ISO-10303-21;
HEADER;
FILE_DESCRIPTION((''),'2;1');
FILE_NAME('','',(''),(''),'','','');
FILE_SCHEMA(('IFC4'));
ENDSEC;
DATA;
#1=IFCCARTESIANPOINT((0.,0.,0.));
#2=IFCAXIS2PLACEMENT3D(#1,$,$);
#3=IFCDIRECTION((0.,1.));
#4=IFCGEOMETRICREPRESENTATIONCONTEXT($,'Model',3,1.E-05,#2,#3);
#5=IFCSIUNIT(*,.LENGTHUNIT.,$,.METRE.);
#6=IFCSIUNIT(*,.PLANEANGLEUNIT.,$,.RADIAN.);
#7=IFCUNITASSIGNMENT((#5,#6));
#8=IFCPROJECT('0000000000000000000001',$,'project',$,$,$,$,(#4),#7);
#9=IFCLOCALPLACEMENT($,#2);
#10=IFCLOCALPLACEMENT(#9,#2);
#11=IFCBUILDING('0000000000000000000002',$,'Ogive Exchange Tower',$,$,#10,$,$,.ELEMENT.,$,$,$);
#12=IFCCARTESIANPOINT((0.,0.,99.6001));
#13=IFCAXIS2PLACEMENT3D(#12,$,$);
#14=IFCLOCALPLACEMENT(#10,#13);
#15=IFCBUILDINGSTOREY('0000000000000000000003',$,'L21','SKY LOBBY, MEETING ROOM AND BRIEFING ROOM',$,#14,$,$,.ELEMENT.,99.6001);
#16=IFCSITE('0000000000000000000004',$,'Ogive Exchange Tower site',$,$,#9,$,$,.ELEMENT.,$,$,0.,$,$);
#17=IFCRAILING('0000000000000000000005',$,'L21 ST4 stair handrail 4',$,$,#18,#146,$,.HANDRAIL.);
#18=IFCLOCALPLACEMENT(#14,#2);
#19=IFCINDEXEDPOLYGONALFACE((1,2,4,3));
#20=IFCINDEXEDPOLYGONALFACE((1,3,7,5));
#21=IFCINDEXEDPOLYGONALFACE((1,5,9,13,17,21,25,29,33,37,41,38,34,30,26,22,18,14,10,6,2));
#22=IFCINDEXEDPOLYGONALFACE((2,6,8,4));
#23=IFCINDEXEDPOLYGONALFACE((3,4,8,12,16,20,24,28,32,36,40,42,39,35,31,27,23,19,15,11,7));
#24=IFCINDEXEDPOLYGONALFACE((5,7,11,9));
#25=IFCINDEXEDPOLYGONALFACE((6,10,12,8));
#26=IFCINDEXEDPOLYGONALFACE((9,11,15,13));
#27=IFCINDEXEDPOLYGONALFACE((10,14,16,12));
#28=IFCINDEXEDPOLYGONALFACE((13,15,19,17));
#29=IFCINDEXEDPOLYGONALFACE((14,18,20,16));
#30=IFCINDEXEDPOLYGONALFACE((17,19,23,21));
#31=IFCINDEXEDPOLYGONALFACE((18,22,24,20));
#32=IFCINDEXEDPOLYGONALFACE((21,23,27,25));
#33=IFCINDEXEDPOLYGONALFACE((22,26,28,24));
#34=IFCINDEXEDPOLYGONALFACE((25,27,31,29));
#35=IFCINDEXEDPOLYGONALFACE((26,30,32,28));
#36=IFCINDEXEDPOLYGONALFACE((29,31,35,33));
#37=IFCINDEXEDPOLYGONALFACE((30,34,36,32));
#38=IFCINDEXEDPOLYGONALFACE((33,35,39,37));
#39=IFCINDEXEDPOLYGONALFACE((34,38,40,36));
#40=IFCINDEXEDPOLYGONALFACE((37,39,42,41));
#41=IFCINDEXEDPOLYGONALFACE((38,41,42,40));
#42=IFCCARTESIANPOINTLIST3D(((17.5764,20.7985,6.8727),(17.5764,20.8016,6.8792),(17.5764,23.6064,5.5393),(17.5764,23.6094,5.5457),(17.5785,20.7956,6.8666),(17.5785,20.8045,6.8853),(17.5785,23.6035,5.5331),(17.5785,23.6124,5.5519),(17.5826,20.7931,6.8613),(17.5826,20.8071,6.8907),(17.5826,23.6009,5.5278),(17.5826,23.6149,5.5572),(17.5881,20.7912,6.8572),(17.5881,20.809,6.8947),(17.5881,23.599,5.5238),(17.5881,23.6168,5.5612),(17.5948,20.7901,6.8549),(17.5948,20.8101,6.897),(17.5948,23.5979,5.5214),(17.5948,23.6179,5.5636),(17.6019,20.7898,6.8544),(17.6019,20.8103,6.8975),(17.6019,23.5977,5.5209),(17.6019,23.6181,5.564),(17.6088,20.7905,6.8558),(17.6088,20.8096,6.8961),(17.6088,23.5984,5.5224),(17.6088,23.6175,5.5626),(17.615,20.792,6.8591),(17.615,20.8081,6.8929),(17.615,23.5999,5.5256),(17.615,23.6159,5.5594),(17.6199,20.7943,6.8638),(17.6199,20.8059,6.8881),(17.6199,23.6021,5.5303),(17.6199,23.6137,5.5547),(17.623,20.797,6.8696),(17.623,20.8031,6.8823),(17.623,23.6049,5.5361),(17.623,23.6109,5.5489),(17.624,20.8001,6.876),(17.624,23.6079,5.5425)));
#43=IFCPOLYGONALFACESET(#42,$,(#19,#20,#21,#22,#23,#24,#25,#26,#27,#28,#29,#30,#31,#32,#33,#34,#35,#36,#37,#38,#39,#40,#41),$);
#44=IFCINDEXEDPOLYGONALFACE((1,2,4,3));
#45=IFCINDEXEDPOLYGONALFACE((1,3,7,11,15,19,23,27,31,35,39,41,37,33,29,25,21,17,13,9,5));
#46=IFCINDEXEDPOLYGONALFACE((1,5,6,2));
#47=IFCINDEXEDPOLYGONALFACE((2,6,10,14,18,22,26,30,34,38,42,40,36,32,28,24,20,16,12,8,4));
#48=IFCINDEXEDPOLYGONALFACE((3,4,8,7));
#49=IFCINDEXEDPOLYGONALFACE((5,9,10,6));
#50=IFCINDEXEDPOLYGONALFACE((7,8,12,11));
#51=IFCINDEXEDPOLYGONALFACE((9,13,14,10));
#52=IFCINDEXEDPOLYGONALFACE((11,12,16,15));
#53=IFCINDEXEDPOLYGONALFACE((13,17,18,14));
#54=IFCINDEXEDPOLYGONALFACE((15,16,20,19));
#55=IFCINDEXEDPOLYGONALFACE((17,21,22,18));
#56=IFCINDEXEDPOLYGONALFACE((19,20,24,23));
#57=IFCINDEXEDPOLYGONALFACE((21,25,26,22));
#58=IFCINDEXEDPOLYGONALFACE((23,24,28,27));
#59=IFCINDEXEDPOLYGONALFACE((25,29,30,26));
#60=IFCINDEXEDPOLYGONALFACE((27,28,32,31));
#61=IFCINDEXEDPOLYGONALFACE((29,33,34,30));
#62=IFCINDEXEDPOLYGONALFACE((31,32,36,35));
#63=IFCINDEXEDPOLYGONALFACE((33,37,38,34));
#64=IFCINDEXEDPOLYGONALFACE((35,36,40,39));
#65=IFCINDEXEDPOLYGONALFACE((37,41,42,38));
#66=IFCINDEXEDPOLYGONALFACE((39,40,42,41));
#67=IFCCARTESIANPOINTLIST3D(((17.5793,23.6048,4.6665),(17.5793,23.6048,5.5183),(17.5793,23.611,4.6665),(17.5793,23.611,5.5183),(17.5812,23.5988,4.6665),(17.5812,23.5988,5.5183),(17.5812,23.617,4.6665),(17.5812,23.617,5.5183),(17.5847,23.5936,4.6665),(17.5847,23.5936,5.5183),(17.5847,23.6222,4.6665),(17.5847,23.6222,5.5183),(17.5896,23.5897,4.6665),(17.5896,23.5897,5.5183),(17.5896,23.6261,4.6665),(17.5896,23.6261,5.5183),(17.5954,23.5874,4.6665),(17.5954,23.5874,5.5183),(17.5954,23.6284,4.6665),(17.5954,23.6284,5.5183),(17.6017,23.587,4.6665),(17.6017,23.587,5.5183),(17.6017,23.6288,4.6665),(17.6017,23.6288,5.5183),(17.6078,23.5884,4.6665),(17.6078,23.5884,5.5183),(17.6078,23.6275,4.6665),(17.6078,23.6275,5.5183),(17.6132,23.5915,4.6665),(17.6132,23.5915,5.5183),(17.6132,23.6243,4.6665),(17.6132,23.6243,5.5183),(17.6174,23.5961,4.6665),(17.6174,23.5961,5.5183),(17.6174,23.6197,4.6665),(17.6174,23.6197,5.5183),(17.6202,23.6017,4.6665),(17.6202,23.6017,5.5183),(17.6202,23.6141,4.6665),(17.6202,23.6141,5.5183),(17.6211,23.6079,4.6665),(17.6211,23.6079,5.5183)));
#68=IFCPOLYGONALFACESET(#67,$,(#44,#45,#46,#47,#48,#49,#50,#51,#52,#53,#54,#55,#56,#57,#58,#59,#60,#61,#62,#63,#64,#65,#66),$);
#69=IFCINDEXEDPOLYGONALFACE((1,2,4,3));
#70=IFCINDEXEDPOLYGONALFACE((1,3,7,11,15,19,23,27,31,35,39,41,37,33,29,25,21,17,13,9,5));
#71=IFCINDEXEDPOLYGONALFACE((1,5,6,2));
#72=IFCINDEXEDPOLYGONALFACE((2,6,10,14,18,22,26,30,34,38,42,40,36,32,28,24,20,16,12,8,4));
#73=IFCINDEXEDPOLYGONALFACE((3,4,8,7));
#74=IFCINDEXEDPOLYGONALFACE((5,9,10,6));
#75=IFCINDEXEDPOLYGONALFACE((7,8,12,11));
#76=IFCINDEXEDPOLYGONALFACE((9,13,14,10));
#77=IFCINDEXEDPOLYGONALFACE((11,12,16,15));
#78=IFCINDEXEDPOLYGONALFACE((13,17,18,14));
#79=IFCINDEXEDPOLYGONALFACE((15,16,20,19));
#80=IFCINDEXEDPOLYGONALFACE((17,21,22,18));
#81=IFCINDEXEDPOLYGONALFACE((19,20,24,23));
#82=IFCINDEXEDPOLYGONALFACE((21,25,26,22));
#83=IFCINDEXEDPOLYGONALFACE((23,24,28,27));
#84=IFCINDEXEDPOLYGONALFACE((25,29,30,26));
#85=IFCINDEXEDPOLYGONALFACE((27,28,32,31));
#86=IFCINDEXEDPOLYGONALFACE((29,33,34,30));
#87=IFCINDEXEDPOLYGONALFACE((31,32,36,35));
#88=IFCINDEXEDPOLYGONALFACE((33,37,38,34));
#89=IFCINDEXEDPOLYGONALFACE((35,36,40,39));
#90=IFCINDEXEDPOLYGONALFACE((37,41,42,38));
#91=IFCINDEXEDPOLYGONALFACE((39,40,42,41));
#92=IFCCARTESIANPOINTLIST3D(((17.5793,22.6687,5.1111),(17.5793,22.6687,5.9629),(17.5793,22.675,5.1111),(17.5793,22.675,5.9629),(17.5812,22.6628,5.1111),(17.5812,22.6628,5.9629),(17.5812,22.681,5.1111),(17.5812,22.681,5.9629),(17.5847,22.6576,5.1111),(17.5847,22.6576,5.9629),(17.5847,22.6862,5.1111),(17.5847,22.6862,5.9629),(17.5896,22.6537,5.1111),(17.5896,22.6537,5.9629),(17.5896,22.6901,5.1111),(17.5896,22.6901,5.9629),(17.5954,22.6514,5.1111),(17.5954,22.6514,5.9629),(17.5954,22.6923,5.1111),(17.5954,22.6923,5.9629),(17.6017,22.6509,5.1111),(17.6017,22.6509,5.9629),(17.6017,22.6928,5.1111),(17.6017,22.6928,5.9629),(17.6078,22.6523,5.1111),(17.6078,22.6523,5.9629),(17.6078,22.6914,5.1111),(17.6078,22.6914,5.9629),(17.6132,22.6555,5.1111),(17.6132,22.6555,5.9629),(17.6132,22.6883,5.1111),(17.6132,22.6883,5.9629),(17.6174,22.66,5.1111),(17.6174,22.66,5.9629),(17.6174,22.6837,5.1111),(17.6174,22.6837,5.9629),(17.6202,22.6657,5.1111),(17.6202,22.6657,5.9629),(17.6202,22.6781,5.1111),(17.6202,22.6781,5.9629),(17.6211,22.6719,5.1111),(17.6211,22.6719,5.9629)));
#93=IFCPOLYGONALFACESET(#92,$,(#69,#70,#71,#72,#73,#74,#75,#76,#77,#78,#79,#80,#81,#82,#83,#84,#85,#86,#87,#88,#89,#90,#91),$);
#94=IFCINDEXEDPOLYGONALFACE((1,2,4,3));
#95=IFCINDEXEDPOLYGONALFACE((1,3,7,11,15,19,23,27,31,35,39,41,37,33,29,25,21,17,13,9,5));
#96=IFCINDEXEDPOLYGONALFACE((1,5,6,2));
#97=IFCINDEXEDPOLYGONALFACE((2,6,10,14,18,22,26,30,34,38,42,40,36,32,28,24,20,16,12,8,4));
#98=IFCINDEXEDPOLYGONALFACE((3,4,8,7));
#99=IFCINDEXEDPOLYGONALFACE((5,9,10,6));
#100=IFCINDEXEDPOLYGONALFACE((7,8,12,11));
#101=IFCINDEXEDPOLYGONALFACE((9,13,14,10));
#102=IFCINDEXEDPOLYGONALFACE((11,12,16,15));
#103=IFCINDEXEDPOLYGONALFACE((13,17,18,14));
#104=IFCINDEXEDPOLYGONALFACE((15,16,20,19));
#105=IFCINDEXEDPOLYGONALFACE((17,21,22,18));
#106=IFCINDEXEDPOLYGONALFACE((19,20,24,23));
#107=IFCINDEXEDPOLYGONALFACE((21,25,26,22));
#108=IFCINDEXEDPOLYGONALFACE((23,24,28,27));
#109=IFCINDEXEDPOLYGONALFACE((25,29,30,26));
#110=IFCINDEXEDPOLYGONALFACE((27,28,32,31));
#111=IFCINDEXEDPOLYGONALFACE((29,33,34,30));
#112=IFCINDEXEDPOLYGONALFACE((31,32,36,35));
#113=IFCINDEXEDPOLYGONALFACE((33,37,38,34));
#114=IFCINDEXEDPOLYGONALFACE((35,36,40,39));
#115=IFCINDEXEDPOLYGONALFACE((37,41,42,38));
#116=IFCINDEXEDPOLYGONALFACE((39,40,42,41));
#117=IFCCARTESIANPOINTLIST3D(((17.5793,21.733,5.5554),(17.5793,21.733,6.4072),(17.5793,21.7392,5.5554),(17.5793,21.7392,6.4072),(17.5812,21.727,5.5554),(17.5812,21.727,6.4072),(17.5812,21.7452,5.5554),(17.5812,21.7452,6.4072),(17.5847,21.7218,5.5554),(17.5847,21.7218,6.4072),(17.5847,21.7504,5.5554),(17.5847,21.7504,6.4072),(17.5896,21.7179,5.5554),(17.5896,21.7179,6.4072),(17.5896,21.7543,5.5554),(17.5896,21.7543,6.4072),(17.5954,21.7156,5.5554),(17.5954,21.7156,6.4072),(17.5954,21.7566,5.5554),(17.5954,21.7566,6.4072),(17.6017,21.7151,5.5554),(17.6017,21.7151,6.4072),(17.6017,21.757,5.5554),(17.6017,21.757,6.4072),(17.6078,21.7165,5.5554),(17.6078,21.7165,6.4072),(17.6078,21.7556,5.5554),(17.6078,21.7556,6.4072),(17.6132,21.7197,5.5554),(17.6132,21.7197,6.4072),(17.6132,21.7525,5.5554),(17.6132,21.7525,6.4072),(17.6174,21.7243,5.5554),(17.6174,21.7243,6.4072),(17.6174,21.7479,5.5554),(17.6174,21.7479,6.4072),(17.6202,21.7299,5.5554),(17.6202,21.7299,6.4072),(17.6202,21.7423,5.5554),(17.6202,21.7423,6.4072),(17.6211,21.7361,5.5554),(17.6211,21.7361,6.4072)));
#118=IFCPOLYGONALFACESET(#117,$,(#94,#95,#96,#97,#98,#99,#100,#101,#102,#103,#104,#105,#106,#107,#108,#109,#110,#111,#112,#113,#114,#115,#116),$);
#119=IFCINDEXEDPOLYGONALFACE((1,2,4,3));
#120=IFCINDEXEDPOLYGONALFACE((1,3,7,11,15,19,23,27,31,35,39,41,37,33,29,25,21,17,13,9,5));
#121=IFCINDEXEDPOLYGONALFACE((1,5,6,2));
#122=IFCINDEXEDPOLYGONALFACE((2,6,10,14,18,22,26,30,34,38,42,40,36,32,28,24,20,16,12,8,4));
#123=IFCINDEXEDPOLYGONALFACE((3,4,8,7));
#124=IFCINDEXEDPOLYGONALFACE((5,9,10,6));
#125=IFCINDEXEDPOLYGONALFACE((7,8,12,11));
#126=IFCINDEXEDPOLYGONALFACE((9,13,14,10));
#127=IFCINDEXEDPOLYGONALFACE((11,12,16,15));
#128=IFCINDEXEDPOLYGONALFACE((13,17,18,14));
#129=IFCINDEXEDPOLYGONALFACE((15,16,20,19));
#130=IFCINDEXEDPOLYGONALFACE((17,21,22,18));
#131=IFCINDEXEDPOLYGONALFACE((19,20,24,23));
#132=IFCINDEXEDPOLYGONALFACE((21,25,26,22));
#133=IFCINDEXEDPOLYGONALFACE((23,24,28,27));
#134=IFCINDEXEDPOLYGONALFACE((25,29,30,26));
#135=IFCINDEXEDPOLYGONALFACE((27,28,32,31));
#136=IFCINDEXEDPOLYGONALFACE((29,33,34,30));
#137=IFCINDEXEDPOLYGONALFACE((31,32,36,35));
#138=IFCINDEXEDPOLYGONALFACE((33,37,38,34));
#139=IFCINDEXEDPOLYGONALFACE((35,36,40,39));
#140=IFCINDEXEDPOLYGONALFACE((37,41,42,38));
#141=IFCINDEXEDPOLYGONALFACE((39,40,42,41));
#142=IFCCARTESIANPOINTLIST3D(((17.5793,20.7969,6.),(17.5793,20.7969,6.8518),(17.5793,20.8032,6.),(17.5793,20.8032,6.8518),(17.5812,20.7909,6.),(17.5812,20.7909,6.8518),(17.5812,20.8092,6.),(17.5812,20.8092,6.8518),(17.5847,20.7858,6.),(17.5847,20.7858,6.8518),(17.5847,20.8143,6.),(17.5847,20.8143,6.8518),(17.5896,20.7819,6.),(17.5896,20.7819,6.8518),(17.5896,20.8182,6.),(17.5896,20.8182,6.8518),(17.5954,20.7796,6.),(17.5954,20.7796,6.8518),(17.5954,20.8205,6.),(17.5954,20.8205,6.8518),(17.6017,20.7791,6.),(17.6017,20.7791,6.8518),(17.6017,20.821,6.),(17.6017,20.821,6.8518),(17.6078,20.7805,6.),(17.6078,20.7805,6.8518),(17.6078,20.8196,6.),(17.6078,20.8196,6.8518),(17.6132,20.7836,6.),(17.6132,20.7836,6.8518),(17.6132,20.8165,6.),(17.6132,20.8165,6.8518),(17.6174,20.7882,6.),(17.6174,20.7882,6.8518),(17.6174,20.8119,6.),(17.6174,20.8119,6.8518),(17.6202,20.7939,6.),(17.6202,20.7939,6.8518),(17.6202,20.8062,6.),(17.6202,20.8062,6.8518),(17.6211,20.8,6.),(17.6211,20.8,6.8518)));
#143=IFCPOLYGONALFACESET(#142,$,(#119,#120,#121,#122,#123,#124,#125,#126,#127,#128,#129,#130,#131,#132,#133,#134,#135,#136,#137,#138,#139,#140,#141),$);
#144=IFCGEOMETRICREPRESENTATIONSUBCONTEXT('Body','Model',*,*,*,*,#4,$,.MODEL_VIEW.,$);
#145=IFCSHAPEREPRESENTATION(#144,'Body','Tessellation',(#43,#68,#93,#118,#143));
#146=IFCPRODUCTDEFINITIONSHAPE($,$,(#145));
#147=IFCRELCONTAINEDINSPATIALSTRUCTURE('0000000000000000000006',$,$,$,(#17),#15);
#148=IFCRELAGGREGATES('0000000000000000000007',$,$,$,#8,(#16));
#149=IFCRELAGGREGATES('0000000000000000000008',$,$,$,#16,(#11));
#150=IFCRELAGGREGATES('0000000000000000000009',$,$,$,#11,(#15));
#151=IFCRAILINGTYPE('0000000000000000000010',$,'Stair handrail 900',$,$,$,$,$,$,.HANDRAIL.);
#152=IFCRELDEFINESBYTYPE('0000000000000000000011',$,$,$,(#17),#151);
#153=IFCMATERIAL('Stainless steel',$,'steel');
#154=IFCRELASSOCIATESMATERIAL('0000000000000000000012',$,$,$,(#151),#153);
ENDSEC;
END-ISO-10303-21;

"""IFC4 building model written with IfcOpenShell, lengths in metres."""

from ifc_helpers import new_model, si_unit, direction, frame, origin, origin_2d, place, context, subcontext, project, spatial, circle, extrude, material, type_object, element, save


model = new_model("IFC4")

# Units and contexts
model_context = context("Model", 3, precision=1e-05, world=origin(), true_north=direction((0.0, 1.0)))
body_context = subcontext(model_context, "Body", "Model", "MODEL_VIEW")
ifc_project = project(units=[si_unit("LENGTHUNIT", "METRE"), si_unit("PLANEANGLEUNIT", "RADIAN")], contexts=[model_context])

# Site, building, storey
site_placement = place(None, origin())
site = spatial("IfcSite", under=ifc_project, at=site_placement, Name="Ogive Exchange Tower site", CompositionType="ELEMENT", RefElevation=0.0)
building_placement = place(site_placement, origin())
building = spatial("IfcBuilding", under=site, at=building_placement, Name="Ogive Exchange Tower", CompositionType="ELEMENT")
storey_placement = place(building_placement, frame((0.0, 0.0, 99.6001)))
storey = spatial("IfcBuildingStorey", under=building, at=storey_placement, Name="L21", Description="SKY LOBBY, MEETING ROOM AND BRIEFING ROOM", CompositionType="ELEMENT", Elevation=99.6001)

# Railing
ifc_material_1 = material(Name="Stainless steel", Category="steel")
railing_type = type_object("IfcRailingType", Name="Stair handrail 900", PredefinedType="HANDRAIL", material=ifc_material_1)
for number, where, name in (
    (1, (17.6001, 23.6079, 4.6665), "L21 ST4 stair handrail 4"),
):
    element("IfcRailing", number, at=place(storey_placement, frame(where)), inside=storey, type_object=railing_type, Name=name, PredefinedType="HANDRAIL", context=body_context, shape_type="SweptSolid", body=[
        extrude(circle(Radius=0.0239, at=origin_2d()), frame((0.0, 0.0, 0.876), z_axis=(0.0, -0.903307, 0.428994), x_axis=(1.0, 0.0, 0.0)), (0.0, 0.0, 1.0), 3.1084),
        extrude(circle(Radius=0.021, at=origin_2d()), origin(), (0.0, 0.0, 1.0), 0.8518),
        extrude(circle(Radius=0.021, at=origin_2d()), frame((0.0, -0.936, 0.4446)), (0.0, 0.0, 1.0), 0.8518),
        extrude(circle(Radius=0.021, at=origin_2d()), frame((0.0, -1.8718, 0.8889)), (0.0, 0.0, 1.0), 0.8518),
        extrude(circle(Radius=0.021, at=origin_2d()), frame((0.0, -2.8079, 1.3335)), (0.0, 0.0, 1.0), 0.8518),
    ])

save(model, "model.ifc")
